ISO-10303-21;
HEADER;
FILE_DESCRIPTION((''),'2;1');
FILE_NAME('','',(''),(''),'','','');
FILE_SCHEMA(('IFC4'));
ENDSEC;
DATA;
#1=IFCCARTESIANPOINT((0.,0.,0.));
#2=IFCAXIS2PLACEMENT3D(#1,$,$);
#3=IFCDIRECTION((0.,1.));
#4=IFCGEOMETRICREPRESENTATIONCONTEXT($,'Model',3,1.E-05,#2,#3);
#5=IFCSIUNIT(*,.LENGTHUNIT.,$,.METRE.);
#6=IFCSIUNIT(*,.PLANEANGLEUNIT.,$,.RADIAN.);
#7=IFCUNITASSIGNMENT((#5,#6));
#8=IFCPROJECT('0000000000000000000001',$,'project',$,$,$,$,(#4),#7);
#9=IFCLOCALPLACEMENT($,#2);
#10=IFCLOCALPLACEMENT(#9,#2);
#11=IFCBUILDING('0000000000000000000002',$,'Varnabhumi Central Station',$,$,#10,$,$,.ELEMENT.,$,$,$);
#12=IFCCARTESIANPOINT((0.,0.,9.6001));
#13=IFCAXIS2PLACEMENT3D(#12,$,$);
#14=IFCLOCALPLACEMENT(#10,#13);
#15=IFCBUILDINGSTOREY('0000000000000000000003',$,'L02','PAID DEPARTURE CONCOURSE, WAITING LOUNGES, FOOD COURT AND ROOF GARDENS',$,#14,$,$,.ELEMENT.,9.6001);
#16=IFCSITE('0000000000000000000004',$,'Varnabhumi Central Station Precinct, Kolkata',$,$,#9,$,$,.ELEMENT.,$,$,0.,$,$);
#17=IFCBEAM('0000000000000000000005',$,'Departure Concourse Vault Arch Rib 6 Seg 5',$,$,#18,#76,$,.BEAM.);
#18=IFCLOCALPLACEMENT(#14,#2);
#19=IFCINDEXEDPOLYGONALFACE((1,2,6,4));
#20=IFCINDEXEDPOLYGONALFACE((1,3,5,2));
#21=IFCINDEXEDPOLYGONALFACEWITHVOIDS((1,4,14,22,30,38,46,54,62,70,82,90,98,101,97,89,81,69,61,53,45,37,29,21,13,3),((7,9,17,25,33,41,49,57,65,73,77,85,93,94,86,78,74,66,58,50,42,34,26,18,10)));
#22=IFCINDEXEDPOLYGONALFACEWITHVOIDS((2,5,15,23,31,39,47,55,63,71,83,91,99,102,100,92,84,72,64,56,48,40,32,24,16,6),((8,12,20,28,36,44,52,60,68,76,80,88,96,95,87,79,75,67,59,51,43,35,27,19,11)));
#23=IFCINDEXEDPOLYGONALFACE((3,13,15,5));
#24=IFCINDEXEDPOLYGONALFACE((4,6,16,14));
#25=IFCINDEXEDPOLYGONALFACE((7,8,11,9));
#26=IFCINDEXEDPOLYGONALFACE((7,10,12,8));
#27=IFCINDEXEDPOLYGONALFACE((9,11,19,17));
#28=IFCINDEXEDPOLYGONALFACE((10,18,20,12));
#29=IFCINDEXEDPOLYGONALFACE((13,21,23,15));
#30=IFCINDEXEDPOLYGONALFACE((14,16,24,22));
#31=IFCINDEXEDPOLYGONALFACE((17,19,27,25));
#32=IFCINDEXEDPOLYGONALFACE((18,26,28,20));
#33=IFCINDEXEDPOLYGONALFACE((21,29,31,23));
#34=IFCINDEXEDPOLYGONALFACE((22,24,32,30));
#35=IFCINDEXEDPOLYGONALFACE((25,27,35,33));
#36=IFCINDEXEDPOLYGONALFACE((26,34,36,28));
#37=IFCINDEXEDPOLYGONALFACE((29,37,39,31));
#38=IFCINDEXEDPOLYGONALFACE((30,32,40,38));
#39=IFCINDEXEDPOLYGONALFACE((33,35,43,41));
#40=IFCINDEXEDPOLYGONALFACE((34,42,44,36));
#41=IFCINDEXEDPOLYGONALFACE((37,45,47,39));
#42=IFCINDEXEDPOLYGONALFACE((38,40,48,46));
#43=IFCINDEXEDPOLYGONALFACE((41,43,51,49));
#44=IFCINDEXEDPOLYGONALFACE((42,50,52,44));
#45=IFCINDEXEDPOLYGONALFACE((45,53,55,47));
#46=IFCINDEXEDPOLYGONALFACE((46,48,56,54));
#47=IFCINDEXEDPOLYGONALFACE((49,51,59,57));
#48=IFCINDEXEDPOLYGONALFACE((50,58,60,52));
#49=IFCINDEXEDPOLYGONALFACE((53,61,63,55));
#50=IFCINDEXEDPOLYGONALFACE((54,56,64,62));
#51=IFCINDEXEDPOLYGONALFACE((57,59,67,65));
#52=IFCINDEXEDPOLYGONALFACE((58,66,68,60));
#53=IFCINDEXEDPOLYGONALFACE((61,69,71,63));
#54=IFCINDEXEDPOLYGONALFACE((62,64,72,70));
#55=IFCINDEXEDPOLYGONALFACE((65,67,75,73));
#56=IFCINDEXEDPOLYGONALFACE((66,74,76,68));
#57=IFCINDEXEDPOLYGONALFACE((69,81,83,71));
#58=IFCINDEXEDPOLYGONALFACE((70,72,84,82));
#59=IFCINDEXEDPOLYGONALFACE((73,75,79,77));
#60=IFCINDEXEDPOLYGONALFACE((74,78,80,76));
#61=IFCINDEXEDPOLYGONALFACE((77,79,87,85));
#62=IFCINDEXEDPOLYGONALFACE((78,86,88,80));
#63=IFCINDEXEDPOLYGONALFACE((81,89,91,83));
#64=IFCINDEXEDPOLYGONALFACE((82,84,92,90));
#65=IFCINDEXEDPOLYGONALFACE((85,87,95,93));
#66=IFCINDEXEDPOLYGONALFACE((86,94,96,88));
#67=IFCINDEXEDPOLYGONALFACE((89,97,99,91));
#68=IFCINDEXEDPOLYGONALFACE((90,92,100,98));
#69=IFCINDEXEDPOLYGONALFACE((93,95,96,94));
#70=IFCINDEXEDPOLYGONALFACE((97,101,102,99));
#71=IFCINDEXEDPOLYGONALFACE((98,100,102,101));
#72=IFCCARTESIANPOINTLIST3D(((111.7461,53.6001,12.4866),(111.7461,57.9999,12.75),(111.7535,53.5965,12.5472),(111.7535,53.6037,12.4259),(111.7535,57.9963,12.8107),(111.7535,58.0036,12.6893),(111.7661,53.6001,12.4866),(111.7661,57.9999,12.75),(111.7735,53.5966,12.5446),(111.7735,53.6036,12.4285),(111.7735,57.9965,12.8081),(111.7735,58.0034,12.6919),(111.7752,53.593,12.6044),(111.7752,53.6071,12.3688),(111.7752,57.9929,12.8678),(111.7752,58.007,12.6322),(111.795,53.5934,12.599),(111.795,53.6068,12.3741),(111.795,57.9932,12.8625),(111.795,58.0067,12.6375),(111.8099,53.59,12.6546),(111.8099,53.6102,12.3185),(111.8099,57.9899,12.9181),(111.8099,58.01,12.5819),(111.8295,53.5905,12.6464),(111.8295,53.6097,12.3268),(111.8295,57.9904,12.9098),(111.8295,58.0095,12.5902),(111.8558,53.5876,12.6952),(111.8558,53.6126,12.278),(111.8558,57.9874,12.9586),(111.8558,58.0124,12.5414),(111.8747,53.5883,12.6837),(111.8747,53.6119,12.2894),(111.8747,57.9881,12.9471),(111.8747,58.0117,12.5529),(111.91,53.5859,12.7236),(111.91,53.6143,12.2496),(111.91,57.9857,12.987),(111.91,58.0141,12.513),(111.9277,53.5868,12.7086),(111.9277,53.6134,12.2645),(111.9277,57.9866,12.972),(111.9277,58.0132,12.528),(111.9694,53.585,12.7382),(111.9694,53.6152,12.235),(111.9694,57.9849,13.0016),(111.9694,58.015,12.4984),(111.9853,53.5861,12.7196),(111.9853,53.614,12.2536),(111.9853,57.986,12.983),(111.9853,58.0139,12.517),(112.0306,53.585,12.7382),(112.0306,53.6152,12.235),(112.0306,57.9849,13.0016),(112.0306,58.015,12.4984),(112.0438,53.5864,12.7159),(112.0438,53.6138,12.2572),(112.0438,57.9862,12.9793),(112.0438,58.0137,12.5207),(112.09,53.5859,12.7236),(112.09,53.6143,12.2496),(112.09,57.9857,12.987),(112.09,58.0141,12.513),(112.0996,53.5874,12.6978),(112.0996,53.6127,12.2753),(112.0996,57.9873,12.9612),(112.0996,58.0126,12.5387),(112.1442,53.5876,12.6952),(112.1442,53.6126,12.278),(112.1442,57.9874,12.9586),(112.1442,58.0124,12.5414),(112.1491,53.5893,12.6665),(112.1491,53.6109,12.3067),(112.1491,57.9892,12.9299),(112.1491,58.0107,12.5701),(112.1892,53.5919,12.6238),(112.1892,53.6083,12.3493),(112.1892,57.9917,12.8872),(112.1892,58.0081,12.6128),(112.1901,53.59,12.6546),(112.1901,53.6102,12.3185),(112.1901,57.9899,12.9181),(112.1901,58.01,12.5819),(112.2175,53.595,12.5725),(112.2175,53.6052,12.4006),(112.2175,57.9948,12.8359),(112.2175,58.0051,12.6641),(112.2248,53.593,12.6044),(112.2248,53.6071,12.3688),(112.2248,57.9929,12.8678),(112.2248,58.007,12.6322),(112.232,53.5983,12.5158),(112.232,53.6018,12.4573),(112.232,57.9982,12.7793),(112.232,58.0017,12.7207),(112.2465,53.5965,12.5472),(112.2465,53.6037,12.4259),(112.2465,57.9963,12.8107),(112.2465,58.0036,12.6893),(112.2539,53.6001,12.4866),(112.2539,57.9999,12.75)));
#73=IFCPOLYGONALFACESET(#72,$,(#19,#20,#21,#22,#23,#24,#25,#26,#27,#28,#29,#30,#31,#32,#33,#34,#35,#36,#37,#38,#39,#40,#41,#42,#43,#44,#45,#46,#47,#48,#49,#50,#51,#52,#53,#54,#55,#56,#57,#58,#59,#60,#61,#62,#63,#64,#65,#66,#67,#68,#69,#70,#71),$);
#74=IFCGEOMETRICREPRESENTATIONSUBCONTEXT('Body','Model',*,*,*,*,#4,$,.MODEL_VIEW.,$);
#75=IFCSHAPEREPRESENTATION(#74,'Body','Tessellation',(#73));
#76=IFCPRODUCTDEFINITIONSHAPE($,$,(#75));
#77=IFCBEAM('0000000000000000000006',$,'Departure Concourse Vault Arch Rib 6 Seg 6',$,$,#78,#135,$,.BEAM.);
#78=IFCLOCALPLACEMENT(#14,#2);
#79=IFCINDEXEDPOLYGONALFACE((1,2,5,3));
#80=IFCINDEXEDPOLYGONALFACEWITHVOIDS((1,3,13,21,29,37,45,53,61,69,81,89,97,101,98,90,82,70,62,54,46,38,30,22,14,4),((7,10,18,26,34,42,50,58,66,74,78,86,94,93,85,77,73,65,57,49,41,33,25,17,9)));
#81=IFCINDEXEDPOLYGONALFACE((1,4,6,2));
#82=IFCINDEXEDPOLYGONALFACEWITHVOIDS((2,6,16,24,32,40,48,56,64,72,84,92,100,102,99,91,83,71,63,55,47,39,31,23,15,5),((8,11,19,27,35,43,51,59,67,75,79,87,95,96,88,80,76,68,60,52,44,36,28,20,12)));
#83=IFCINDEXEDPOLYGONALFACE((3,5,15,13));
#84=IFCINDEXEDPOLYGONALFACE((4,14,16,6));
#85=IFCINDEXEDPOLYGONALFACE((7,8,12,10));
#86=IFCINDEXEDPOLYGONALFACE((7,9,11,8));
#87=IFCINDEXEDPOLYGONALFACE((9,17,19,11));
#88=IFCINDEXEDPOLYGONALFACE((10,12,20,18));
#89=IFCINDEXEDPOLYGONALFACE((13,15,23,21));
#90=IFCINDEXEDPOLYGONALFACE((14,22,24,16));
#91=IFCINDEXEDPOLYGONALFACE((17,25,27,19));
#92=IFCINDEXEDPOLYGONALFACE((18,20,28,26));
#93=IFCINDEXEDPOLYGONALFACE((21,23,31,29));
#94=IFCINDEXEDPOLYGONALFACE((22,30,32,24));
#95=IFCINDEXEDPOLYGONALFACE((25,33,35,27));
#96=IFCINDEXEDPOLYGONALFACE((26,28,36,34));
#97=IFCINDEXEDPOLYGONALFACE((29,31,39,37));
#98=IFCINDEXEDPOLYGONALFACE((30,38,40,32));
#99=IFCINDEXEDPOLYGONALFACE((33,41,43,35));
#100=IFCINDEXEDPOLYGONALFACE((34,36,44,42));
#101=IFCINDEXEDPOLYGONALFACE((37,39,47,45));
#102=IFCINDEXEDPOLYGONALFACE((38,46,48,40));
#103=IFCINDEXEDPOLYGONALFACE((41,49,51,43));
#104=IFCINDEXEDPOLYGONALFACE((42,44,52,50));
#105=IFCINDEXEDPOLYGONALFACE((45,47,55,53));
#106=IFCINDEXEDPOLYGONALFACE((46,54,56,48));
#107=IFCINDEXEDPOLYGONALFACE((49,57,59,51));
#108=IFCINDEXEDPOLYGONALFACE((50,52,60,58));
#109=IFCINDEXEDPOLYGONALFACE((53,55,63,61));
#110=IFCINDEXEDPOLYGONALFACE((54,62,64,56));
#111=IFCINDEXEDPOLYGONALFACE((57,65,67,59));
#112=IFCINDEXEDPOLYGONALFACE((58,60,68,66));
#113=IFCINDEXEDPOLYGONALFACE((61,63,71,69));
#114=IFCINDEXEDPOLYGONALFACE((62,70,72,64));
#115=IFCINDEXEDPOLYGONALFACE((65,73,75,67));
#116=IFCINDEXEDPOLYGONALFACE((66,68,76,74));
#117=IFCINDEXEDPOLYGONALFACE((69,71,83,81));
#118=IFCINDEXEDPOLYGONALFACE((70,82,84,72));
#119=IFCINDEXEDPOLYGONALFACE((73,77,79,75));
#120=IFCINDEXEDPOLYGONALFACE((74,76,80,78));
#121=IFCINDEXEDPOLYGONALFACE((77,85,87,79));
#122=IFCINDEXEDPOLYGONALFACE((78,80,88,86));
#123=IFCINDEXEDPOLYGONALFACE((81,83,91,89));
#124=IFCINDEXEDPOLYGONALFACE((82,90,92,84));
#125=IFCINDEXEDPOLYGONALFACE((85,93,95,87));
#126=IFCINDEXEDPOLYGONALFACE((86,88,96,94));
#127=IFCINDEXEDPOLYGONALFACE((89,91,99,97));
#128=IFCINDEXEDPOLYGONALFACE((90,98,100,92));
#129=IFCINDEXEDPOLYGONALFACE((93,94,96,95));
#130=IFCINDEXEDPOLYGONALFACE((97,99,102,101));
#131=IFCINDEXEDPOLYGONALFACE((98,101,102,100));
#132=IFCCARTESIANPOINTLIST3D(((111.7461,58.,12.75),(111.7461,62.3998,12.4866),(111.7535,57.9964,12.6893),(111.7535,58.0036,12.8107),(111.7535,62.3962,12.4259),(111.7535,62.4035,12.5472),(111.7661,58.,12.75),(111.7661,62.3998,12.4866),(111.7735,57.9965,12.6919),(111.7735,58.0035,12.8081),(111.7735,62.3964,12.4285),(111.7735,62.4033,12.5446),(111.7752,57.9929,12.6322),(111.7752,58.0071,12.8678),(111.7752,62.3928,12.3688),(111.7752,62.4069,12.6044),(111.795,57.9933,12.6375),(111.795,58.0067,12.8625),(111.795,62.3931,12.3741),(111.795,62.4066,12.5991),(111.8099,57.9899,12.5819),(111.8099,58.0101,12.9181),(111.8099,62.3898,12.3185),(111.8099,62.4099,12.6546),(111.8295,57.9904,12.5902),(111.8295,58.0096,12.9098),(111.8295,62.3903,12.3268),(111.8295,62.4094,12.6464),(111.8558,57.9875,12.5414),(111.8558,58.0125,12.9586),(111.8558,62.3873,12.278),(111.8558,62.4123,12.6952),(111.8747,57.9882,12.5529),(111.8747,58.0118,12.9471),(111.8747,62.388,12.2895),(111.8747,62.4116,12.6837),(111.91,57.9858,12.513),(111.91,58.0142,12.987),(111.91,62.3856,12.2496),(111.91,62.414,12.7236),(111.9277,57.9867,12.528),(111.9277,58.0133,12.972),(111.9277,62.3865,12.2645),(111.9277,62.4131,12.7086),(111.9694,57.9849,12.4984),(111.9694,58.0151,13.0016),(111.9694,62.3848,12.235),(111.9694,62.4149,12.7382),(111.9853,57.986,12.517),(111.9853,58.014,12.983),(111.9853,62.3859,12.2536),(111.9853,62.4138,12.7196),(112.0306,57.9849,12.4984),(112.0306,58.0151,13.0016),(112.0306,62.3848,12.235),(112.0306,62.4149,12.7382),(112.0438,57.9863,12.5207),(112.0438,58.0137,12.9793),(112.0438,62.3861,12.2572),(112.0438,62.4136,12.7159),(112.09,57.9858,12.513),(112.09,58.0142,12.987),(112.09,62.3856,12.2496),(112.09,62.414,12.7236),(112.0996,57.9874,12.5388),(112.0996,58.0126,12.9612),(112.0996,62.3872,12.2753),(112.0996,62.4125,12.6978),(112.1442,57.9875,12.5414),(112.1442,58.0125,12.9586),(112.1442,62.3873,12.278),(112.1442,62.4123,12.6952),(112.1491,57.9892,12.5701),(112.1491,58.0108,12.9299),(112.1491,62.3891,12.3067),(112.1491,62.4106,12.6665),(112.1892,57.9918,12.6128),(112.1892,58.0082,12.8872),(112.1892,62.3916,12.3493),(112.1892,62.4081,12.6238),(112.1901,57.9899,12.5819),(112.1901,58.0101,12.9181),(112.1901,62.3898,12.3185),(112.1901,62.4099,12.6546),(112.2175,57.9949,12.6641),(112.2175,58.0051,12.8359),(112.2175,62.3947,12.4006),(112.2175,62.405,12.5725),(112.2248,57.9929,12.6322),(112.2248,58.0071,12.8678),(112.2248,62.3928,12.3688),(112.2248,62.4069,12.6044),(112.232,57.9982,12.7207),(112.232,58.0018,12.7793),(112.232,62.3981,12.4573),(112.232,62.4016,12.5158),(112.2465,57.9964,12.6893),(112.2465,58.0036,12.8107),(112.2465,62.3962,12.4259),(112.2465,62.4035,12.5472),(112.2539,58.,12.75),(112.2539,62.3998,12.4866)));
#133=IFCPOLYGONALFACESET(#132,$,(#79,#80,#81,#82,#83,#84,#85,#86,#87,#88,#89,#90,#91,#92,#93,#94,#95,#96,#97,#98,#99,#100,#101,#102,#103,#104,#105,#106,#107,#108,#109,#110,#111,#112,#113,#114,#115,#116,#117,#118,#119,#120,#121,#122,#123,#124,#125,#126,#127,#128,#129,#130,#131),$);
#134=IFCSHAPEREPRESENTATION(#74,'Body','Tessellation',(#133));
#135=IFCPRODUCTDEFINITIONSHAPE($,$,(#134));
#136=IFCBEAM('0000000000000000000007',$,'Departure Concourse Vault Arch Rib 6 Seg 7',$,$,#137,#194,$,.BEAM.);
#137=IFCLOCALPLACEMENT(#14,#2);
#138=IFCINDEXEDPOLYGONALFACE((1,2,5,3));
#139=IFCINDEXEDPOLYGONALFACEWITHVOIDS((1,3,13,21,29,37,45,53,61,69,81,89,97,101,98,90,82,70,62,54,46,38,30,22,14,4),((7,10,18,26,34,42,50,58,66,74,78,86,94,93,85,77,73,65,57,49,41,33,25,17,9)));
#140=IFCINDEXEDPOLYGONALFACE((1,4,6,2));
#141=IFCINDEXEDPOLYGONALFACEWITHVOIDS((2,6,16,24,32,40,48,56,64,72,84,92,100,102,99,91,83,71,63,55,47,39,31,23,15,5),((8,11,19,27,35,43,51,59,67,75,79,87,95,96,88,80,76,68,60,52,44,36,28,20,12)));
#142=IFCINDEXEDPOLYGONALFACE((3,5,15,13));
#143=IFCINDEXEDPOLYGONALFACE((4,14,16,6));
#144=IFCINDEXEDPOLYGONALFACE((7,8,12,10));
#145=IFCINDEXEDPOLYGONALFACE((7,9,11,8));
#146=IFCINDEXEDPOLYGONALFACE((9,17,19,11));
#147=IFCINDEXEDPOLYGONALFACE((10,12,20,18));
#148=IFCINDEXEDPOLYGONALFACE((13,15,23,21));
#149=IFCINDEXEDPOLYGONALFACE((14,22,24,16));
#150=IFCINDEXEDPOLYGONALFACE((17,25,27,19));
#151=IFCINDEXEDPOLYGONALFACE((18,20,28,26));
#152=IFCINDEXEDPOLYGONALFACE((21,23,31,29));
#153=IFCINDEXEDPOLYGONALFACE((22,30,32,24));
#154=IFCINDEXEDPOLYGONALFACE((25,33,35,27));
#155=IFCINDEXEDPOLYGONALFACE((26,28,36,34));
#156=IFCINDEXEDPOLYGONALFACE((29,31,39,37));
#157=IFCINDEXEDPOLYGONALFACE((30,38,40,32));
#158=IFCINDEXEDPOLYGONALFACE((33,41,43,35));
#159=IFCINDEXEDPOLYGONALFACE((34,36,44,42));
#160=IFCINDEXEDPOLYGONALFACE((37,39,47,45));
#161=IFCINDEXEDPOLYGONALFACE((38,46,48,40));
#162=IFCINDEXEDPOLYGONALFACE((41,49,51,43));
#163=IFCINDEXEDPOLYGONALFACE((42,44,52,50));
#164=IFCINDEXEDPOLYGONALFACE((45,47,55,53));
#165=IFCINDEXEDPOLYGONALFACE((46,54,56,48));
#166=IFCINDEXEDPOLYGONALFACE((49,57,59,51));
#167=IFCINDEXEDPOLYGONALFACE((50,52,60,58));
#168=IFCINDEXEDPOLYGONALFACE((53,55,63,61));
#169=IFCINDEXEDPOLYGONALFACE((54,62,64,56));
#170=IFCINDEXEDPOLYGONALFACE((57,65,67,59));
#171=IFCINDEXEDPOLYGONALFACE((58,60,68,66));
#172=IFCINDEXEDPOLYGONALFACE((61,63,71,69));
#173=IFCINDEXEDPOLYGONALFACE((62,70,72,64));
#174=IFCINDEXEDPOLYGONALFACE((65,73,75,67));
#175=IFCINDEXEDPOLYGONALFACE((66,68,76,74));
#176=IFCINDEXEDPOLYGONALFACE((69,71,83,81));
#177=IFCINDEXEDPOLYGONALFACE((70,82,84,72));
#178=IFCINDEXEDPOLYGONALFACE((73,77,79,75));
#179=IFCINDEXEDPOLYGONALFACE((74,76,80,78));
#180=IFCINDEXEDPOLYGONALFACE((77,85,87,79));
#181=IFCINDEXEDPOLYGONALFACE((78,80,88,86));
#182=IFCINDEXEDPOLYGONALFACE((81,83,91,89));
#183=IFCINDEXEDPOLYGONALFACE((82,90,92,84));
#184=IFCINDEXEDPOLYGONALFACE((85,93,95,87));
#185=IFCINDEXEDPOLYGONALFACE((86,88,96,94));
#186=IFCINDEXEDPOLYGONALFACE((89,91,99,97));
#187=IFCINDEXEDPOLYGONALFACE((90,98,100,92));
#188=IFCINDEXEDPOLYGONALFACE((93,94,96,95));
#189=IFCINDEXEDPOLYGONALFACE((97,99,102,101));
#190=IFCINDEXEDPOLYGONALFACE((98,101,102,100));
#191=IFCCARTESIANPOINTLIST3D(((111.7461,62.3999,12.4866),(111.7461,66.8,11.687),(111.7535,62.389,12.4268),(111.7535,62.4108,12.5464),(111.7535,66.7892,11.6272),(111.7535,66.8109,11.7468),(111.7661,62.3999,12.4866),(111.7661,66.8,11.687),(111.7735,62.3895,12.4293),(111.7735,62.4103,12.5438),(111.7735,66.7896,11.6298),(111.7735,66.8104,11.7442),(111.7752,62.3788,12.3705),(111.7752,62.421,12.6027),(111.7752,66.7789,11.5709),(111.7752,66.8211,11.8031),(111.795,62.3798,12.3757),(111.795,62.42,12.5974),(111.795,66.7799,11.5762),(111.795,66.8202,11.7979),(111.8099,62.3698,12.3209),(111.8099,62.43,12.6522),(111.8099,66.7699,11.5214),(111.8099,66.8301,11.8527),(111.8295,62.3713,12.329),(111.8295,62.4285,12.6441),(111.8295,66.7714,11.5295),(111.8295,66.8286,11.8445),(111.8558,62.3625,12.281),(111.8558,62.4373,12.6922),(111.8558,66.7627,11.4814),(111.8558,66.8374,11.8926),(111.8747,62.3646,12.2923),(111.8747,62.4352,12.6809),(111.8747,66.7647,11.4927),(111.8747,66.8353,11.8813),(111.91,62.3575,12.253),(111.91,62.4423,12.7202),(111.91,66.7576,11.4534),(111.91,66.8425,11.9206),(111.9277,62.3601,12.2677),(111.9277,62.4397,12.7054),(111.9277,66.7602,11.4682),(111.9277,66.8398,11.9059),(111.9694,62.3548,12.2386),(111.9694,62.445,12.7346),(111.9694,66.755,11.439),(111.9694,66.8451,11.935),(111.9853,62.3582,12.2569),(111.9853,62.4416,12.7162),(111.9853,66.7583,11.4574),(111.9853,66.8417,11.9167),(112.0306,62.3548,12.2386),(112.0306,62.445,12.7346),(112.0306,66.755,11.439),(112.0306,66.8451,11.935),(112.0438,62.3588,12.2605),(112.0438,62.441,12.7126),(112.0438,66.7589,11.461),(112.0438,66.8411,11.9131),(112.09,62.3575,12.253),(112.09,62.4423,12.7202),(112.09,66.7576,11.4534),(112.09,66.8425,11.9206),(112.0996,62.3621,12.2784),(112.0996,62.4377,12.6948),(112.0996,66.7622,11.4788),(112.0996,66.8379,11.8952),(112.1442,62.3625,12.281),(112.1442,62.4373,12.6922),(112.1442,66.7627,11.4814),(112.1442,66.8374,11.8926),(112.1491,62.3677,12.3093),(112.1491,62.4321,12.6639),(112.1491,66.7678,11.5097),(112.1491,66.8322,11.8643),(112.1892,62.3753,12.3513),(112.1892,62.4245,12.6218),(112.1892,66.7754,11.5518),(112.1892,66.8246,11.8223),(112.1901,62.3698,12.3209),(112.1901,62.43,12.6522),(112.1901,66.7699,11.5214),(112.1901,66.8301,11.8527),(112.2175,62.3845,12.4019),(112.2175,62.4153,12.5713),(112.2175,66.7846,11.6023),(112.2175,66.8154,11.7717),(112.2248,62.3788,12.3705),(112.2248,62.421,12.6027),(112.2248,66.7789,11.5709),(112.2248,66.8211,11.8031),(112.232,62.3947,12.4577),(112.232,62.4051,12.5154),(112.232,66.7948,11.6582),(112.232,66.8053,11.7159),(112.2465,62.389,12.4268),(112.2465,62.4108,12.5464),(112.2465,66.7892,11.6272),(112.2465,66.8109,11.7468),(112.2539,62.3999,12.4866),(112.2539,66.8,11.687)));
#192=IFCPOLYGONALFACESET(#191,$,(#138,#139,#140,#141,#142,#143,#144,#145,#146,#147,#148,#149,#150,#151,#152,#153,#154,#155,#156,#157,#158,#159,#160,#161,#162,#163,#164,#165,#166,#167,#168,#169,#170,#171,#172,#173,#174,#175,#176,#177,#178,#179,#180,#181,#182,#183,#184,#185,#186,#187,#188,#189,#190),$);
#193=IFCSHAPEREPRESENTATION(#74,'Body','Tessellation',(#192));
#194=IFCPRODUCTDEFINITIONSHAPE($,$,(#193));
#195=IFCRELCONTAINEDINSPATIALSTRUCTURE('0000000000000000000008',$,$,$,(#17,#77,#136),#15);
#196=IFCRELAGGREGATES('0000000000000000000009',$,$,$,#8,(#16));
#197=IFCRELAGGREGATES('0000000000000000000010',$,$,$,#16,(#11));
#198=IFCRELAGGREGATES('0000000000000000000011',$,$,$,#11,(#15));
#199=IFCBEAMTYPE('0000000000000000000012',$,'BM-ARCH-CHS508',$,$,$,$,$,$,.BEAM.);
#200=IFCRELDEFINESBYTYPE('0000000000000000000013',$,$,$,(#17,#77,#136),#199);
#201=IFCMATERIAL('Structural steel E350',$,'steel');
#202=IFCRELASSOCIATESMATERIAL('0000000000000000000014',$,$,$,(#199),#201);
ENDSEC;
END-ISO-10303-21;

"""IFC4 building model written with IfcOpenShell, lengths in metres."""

from ifc_helpers import new_model, si_unit, direction, frame, origin, origin_2d, place, context, subcontext, project, spatial, hollow_circle, extrude, material, material_profile, profile_set, type_object, element, save


model = new_model("IFC4")

# Units and contexts
model_context = context("Model", 3, precision=1e-05, world=origin(), true_north=direction((0.0, 1.0)))
body_context = subcontext(model_context, "Body", "Model", "MODEL_VIEW")
ifc_project = project(units=[si_unit("LENGTHUNIT", "METRE"), si_unit("PLANEANGLEUNIT", "RADIAN")], contexts=[model_context])

# Site, building, storey
site_placement = place(None, origin())
site = spatial("IfcSite", under=ifc_project, at=site_placement, Name="Varnabhumi Central Station Precinct, Kolkata", CompositionType="ELEMENT", RefElevation=0.0)
building_placement = place(site_placement, origin())
building = spatial("IfcBuilding", under=site, at=building_placement, Name="Varnabhumi Central Station", CompositionType="ELEMENT")
storey_placement = place(building_placement, frame((0.0, 0.0, 9.6001)))
storey = spatial("IfcBuildingStorey", under=building, at=storey_placement, Name="L02", Description="PAID DEPARTURE CONCOURSE, WAITING LOUNGES, FOOD COURT AND ROOF GARDENS", CompositionType="ELEMENT", Elevation=9.6001)

# Beams
ifc_material_1 = material(Name="Structural steel E350", Category="steel")
ifc_material_profile_1 = material_profile(ifc_material_1, hollow_circle(Radius=0.2539, WallThickness=0.02, at=origin_2d()), Name="Structural steel E350", Category="steel")
ifc_profile_set_1 = profile_set([ifc_material_profile_1], Name="Structural steel E350")
beam_type_1 = type_object("IfcBeamType", Name="BM-ARCH-CHS508", PredefinedType="BEAM", material=ifc_profile_set_1)
for number, where, z_axis, x_axis, name in (
    (1, (112.0, 53.6001, 12.4866), (0.0, 0.998213, 0.059764), (-1.0, 0.0, 0.0), "Departure Concourse Vault Arch Rib 6 Seg 5"),
    (2, (112.0, 58.0, 12.75), (0.0, 0.998213, -0.059764), (-1.0, 0.0, 0.0), "Departure Concourse Vault Arch Rib 6 Seg 6"),
):
    element("IfcBeam", number, at=place(storey_placement, frame(where, z_axis=z_axis, x_axis=x_axis)), inside=storey, type_object=beam_type_1, Name=name, PredefinedType="BEAM", context=body_context, shape_type="SweptSolid", body=[
        extrude(hollow_circle(Radius=0.2539, WallThickness=0.02, at=origin_2d()), origin(), (0.0, 0.0, 1.0), 4.4077),
    ])
beam_1_placement = place(storey_placement, frame((112.0, 62.3999, 12.4866), z_axis=(0.0, 0.983888, -0.178785), x_axis=(-1.0, 0.0, 0.0)))
element("IfcBeam", 3, at=beam_1_placement, inside=storey, type_object=beam_type_1, Name="Departure Concourse Vault Arch Rib 6 Seg 7", PredefinedType="BEAM", context=body_context, shape_type="SweptSolid", body=[
    extrude(hollow_circle(Radius=0.2539, WallThickness=0.02, at=origin_2d()), origin(), (0.0, 0.0, 1.0), 4.4722),
])

save(model, "model.ifc")
